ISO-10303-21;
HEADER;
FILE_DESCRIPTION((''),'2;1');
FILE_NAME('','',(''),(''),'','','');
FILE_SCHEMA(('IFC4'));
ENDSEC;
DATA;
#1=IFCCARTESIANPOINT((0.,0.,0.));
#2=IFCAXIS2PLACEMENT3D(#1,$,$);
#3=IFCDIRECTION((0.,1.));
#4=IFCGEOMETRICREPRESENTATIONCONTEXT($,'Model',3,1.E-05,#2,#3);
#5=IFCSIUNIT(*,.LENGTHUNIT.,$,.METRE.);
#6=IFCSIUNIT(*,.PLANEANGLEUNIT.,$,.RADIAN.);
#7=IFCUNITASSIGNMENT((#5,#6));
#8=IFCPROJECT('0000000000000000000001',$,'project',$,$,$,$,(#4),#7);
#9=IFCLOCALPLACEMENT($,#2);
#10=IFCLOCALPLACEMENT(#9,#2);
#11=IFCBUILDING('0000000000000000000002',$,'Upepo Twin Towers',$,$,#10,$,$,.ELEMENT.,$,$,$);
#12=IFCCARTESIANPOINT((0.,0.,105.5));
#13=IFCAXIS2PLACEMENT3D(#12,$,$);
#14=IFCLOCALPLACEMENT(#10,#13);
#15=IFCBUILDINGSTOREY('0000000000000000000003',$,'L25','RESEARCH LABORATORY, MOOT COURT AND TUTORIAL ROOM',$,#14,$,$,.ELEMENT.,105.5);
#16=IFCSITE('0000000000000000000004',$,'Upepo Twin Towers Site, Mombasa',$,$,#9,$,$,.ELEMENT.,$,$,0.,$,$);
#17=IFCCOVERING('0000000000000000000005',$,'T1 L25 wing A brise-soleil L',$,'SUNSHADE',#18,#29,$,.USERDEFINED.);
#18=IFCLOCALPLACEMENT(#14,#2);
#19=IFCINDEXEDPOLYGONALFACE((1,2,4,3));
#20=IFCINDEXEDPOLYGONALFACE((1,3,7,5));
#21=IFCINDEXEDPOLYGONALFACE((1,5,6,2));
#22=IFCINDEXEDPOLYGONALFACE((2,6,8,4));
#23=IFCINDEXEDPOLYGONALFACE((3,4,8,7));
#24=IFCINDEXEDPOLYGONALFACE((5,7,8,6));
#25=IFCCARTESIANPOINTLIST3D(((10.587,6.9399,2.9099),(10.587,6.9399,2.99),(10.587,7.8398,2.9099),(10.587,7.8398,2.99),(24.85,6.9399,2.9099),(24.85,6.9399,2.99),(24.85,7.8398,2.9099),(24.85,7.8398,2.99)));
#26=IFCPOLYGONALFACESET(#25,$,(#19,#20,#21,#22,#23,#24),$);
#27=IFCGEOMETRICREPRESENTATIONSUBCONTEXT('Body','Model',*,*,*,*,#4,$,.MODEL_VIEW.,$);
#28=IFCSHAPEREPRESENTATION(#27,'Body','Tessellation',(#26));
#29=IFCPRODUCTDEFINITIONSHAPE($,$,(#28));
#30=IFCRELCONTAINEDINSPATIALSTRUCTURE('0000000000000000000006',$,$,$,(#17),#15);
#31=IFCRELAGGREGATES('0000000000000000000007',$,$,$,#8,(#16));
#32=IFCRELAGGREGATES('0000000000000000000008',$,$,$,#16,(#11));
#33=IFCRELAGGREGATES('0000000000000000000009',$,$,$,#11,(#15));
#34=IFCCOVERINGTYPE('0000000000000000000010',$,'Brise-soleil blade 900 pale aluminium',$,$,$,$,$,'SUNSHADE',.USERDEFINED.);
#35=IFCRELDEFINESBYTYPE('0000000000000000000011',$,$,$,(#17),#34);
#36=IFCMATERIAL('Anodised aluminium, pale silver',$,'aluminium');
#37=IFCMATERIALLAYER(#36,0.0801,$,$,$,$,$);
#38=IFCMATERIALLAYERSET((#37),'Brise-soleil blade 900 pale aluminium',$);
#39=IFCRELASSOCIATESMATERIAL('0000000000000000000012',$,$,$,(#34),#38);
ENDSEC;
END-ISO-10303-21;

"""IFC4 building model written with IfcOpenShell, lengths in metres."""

from ifc_helpers import new_model, si_unit, direction, frame, origin, origin_2d, place, context, subcontext, project, spatial, rectangle, extrude, material, layer, layer_set, type_object, element, save


model = new_model("IFC4")

# Units and contexts
model_context = context("Model", 3, precision=1e-05, world=origin(), true_north=direction((0.0, 1.0)))
body_context = subcontext(model_context, "Body", "Model", "MODEL_VIEW")
ifc_project = project(units=[si_unit("LENGTHUNIT", "METRE"), si_unit("PLANEANGLEUNIT", "RADIAN")], contexts=[model_context])

# Site, building, storey
site_placement = place(None, origin())
site = spatial("IfcSite", under=ifc_project, at=site_placement, Name="Upepo Twin Towers Site, Mombasa", CompositionType="ELEMENT", RefElevation=0.0)
building_placement = place(site_placement, origin())
building = spatial("IfcBuilding", under=site, at=building_placement, Name="Upepo Twin Towers", CompositionType="ELEMENT")
storey_placement = place(building_placement, frame((0.0, 0.0, 105.5)))
storey = spatial("IfcBuildingStorey", under=building, at=storey_placement, Name="L25", Description="RESEARCH LABORATORY, MOOT COURT AND TUTORIAL ROOM", CompositionType="ELEMENT", Elevation=105.5)

# Covering
ifc_material_1 = material(Name="Anodised aluminium, pale silver", Category="aluminium")
ifc_layer_1 = layer(ifc_material_1, 0.0801)
ifc_layer_set_1 = layer_set([ifc_layer_1], Name="Brise-soleil blade 900 pale aluminium")
covering_type = type_object("IfcCoveringType", Name="Brise-soleil blade 900 pale aluminium", ElementType="SUNSHADE", PredefinedType="USERDEFINED", material=ifc_layer_set_1)
covering_placement = place(storey_placement, frame((17.7185, 7.3899, 2.9099), z_axis=(0.0, 0.0, 1.0), x_axis=(1.0, 0.0, 0.0)))
element("IfcCovering", 1, at=covering_placement, inside=storey, type_object=covering_type, Name="T1 L25 wing A brise-soleil L", ObjectType="SUNSHADE", PredefinedType="USERDEFINED", context=body_context, shape_type="SweptSolid", body=[
    extrude(rectangle(XDim=14.2629, YDim=0.8999, at=origin_2d()), origin(), (0.0, 0.0, 1.0), 0.0801),
])

save(model, "model.ifc")
